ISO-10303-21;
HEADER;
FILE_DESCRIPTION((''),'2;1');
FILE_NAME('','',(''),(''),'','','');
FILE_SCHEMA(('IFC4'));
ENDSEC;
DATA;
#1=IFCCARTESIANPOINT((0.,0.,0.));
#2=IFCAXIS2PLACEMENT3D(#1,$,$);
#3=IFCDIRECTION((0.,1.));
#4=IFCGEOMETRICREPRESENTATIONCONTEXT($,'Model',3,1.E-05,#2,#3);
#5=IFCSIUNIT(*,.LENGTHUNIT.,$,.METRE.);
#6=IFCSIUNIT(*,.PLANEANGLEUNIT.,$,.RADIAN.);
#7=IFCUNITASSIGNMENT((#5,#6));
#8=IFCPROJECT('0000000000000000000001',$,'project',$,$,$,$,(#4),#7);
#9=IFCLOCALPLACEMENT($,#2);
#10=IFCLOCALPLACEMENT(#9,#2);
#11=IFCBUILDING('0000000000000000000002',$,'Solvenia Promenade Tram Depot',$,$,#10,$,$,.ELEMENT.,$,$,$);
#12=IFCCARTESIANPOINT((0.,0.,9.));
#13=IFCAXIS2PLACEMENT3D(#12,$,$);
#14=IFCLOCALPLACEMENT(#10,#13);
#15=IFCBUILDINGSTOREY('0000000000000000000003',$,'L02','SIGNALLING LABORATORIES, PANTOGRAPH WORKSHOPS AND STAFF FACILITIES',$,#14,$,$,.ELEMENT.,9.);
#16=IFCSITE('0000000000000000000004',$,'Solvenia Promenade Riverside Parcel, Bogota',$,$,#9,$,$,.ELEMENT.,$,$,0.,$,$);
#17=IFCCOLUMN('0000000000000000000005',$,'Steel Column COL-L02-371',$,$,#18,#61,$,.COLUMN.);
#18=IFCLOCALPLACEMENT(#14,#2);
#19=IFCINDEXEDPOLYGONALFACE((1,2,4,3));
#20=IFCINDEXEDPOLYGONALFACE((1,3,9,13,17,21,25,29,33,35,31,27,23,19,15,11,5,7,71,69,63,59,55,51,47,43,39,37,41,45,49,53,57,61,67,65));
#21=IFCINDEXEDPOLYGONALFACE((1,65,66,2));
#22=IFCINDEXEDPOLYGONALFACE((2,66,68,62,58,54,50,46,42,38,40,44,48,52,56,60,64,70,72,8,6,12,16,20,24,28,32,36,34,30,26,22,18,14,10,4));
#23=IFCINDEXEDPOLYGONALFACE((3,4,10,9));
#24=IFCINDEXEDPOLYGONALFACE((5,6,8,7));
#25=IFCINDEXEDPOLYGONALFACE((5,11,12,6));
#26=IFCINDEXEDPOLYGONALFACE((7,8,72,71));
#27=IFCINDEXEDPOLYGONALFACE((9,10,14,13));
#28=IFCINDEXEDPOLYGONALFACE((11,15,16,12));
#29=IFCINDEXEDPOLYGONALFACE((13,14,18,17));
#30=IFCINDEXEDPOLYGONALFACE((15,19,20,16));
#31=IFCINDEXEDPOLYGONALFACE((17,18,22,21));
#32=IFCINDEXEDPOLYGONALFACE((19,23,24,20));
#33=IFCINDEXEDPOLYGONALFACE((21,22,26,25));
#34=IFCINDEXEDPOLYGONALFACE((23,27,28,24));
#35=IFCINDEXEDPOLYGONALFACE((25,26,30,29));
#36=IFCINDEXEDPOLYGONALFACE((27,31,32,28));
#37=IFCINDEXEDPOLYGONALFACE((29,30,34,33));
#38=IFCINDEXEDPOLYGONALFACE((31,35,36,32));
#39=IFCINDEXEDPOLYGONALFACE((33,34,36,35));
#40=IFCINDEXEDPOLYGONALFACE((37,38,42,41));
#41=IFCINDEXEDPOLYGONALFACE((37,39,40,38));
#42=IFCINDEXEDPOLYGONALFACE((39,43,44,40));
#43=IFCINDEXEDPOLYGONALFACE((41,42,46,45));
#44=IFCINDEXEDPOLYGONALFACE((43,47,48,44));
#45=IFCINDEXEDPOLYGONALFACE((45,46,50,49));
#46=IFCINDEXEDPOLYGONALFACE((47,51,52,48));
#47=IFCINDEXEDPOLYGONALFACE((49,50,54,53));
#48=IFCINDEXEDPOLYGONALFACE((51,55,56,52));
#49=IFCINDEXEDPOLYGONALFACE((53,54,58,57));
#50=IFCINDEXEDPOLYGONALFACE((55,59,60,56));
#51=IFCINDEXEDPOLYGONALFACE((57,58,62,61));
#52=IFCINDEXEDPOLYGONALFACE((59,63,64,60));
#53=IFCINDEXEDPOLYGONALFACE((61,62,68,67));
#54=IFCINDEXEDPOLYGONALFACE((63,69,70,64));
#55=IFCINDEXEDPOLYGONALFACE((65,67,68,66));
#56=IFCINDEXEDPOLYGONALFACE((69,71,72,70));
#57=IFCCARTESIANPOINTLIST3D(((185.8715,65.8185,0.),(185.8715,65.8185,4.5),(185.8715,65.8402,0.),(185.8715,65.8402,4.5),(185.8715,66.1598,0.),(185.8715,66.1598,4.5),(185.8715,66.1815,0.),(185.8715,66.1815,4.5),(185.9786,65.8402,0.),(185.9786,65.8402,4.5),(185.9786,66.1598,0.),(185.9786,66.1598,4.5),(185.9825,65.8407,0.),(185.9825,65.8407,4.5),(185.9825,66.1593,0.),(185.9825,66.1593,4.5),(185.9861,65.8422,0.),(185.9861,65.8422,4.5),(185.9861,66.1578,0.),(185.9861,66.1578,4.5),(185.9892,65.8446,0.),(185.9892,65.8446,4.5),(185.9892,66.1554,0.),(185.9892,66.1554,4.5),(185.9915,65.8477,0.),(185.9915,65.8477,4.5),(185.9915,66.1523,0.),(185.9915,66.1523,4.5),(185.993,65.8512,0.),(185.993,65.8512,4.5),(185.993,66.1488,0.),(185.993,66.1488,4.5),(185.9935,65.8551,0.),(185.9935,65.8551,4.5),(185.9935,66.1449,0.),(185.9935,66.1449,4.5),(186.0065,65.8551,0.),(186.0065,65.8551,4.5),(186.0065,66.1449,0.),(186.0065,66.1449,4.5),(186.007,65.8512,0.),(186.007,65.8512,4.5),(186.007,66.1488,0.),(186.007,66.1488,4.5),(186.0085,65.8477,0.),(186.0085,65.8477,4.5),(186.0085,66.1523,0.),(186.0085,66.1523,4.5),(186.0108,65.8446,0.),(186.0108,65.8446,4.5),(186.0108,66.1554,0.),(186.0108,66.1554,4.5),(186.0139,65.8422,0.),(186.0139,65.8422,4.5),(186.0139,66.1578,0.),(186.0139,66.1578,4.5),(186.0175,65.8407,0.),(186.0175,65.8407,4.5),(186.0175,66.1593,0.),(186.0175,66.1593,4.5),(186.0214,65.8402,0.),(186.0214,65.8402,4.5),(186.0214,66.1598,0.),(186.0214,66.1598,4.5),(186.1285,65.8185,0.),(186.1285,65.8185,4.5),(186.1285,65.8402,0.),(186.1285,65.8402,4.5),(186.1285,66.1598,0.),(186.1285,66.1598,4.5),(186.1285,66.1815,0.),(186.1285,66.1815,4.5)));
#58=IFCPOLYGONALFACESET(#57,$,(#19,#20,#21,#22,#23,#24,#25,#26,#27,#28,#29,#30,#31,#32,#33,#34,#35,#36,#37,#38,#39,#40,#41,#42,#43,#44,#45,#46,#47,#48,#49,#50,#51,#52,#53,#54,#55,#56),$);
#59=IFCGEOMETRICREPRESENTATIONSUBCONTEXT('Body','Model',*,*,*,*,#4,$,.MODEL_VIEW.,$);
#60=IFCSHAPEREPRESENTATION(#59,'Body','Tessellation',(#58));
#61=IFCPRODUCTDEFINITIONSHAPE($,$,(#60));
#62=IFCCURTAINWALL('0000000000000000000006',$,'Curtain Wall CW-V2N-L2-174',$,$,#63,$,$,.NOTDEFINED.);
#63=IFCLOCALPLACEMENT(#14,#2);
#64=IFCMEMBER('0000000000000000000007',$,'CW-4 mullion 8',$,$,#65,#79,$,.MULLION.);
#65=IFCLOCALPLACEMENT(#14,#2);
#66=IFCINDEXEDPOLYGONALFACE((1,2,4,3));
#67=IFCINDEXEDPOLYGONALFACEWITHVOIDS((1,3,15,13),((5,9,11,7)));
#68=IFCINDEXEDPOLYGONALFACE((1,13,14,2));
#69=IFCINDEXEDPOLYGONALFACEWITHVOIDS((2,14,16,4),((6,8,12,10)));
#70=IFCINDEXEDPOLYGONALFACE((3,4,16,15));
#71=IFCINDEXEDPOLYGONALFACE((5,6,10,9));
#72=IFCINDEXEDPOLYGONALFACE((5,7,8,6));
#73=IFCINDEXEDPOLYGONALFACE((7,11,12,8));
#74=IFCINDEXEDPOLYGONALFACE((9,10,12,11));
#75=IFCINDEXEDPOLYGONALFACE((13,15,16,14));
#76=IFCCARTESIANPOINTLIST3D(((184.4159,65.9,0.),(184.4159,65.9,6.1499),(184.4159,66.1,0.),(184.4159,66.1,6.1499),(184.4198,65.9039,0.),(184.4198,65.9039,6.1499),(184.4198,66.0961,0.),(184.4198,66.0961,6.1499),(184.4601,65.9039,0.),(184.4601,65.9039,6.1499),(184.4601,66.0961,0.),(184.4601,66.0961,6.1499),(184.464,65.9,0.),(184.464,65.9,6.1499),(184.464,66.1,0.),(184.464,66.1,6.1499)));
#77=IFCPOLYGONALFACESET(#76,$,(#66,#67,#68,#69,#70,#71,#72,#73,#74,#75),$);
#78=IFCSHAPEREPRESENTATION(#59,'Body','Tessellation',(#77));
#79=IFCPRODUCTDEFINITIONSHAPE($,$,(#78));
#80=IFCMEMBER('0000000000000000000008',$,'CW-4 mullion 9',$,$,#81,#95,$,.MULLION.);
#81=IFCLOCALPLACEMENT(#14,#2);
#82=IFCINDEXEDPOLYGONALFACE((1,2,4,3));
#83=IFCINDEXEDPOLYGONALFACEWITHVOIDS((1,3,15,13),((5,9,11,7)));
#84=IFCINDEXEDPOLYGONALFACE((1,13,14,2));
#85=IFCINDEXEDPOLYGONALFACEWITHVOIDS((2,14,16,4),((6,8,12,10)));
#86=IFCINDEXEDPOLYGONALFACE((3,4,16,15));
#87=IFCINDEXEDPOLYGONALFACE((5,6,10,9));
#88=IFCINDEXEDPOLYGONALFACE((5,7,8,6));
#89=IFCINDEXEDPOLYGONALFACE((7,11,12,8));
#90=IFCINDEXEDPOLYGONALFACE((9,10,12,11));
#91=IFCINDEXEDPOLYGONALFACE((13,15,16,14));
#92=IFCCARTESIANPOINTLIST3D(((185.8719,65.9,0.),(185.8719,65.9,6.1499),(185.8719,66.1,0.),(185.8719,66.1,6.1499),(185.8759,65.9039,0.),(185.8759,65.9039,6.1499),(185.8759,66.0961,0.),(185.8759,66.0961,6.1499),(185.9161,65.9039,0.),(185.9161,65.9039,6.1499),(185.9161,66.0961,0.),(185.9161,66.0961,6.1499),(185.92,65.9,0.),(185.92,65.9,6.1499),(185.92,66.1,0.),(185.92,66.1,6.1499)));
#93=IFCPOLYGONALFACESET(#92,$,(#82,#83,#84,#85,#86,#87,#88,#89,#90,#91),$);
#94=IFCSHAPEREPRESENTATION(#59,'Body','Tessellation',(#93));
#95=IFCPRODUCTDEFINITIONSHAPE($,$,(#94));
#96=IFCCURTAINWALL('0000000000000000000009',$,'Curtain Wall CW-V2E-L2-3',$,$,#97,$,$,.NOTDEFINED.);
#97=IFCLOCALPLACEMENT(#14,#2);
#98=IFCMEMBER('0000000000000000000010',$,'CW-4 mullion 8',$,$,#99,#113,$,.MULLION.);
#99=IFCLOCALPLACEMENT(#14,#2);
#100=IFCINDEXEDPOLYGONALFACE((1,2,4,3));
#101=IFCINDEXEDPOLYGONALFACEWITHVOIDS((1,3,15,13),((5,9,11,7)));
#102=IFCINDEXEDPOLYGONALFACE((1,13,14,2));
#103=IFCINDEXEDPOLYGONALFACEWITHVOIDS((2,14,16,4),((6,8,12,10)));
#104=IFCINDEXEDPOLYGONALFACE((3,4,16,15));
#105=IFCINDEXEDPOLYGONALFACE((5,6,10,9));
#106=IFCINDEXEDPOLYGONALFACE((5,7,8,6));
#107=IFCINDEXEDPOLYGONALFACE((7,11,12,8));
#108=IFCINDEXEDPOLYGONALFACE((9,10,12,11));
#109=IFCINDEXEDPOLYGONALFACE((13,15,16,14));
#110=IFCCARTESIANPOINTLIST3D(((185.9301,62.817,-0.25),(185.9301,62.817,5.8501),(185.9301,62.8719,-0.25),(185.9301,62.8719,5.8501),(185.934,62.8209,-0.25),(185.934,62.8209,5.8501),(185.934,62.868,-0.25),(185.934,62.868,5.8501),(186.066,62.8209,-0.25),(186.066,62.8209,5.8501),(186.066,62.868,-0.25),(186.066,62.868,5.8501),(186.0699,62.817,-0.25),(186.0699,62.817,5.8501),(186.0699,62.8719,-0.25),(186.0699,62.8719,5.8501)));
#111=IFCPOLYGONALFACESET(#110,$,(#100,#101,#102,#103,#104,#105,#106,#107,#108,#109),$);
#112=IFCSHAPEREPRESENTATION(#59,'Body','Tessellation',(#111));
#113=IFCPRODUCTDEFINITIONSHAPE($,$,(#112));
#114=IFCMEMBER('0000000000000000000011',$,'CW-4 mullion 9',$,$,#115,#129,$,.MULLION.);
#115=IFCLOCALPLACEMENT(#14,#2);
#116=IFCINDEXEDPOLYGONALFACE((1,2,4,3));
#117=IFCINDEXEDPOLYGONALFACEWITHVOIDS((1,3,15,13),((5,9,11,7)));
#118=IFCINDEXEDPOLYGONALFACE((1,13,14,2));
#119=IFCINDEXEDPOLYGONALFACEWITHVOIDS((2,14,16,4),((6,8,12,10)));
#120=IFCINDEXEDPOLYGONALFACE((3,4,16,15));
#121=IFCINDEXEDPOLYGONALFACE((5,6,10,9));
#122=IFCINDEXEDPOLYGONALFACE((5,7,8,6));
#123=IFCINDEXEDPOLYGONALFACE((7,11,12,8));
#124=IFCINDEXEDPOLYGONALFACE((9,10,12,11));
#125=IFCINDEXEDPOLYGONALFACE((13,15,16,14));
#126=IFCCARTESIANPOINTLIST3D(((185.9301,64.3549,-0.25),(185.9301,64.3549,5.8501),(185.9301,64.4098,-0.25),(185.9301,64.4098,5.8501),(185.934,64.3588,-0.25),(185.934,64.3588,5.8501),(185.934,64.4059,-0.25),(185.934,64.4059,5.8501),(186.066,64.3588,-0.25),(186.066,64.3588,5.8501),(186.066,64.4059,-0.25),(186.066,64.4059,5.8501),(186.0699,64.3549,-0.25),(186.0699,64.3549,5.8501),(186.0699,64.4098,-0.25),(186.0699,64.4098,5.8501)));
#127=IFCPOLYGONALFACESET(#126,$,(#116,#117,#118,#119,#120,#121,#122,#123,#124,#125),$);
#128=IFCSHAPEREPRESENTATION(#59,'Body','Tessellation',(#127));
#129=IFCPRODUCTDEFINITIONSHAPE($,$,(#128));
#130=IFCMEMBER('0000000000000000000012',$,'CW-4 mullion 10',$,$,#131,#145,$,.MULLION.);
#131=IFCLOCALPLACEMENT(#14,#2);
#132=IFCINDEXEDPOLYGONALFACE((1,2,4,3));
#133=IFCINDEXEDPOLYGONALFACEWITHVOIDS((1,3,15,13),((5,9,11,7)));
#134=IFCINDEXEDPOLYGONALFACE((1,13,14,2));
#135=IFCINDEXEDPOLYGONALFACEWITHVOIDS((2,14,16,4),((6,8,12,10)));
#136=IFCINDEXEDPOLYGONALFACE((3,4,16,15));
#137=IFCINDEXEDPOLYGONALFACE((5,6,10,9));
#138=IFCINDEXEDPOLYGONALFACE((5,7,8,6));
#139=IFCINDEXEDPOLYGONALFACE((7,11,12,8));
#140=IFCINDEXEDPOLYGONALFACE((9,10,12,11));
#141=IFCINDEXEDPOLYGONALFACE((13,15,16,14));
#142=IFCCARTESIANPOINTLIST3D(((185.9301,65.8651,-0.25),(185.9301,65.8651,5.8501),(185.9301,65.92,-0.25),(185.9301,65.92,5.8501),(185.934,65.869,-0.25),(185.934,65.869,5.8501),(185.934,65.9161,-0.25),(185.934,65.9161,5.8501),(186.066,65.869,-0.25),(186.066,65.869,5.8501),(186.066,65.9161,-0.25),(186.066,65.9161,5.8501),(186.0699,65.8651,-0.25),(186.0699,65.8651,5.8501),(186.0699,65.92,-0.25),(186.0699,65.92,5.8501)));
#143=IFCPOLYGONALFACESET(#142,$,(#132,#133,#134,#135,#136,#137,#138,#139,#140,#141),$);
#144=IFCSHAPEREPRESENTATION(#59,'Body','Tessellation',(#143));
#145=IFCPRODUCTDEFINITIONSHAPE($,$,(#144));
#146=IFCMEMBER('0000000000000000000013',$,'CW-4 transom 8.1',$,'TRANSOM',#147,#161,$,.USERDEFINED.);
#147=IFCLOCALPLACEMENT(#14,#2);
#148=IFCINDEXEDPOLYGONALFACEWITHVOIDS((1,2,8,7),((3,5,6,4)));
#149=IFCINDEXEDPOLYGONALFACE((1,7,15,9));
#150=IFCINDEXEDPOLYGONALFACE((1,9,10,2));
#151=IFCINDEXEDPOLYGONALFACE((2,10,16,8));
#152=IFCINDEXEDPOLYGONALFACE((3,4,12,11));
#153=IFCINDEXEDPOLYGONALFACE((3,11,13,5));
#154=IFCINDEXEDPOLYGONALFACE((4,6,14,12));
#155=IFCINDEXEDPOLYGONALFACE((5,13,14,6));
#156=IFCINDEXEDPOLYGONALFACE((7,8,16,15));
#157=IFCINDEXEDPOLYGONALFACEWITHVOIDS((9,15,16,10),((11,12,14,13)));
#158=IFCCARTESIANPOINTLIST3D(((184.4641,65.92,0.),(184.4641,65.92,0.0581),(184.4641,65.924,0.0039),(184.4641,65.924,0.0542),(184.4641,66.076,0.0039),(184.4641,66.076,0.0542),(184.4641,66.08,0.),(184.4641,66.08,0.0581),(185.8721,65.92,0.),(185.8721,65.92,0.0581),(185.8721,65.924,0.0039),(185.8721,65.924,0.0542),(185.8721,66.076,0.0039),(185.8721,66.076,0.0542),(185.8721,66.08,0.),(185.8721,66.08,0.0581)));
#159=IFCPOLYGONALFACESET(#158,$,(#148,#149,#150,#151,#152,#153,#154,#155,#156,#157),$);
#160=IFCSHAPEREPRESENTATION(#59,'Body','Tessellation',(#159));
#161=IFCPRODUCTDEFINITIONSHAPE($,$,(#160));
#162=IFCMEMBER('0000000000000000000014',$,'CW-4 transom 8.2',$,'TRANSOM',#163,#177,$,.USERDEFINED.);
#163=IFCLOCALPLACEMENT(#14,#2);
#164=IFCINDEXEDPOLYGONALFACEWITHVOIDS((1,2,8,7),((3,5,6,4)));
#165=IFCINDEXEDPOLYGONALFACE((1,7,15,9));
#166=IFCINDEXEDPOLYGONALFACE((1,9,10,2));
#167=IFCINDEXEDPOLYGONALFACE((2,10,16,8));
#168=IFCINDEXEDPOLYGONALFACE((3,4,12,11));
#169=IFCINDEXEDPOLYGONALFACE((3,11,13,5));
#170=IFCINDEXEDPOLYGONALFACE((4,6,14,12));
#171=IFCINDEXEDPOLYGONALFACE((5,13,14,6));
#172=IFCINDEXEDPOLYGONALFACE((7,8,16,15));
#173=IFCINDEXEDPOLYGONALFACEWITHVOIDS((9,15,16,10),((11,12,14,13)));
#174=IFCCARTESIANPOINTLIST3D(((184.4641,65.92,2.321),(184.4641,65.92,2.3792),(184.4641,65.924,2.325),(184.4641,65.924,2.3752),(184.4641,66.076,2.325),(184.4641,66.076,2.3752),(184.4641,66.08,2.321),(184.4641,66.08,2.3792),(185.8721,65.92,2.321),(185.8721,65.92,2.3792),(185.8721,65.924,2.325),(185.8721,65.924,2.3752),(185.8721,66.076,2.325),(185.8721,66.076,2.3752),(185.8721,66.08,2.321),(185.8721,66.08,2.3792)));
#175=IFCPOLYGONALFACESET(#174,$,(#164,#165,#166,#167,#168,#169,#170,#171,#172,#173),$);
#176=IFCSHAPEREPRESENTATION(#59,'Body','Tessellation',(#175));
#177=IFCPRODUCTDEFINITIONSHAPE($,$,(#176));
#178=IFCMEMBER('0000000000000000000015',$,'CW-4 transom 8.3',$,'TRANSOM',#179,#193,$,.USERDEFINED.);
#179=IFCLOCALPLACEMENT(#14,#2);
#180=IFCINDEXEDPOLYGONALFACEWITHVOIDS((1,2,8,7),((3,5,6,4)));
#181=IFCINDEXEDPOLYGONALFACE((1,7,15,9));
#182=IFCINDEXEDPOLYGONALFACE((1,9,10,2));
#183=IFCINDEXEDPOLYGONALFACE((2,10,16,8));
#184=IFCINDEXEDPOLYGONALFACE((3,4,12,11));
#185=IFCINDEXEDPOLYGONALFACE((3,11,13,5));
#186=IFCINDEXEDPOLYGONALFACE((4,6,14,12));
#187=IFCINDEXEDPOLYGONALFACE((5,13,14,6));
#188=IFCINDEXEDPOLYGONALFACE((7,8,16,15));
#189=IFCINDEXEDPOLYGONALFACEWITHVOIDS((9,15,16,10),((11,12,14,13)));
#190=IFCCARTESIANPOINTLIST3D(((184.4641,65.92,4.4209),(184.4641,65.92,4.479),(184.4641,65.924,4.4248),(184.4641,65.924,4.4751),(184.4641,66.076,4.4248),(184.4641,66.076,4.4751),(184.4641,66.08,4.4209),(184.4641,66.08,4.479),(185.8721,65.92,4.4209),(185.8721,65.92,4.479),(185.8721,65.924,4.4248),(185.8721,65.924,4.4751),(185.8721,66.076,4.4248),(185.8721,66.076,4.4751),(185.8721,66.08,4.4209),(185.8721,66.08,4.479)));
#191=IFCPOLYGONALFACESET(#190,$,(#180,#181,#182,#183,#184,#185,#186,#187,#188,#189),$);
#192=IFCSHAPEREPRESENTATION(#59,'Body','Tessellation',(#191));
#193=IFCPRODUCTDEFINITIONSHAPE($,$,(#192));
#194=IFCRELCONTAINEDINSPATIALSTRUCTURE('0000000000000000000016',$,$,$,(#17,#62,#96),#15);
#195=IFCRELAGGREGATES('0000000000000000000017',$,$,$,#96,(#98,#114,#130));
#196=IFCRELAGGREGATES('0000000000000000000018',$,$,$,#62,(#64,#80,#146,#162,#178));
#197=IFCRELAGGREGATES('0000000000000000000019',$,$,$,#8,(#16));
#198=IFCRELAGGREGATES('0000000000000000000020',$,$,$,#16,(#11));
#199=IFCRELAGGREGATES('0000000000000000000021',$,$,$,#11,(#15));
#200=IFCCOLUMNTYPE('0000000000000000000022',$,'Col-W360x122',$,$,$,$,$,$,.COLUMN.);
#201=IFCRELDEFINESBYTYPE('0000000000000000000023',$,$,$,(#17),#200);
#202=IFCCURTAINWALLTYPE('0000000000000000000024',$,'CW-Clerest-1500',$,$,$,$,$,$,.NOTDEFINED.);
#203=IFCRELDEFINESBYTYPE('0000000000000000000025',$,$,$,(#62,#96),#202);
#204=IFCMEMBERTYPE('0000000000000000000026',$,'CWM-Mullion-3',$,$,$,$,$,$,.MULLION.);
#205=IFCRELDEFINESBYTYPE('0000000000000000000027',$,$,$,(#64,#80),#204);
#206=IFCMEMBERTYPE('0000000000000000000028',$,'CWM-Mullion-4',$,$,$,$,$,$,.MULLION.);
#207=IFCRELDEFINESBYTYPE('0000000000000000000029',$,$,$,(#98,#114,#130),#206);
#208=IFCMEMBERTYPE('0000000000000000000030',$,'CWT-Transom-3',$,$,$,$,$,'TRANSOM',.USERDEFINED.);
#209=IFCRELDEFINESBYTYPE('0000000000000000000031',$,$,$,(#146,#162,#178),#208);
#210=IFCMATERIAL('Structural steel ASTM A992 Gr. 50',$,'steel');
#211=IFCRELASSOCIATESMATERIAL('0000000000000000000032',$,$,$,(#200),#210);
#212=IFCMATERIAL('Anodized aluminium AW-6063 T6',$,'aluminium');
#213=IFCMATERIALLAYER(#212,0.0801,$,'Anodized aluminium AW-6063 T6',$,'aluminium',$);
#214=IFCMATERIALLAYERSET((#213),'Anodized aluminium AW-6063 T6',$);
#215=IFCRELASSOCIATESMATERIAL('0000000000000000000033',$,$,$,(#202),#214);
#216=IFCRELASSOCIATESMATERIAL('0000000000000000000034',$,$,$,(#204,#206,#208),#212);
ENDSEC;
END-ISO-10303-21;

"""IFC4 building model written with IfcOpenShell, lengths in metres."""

from ifc_helpers import new_model, si_unit, direction, frame, origin, origin_2d, place, context, subcontext, project, spatial, hollow_rectangle, i_section, extrude, material, layer, layer_set, material_profile, profile_set, type_object, element, aggregate, save


model = new_model("IFC4")

# Units and contexts
model_context = context("Model", 3, precision=1e-05, world=origin(), true_north=direction((0.0, 1.0)))
body_context = subcontext(model_context, "Body", "Model", "MODEL_VIEW")
ifc_project = project(units=[si_unit("LENGTHUNIT", "METRE"), si_unit("PLANEANGLEUNIT", "RADIAN")], contexts=[model_context])

# Site, building, storey
site_placement = place(None, origin())
site = spatial("IfcSite", under=ifc_project, at=site_placement, Name="Solvenia Promenade Riverside Parcel, Bogota", CompositionType="ELEMENT", RefElevation=0.0)
building_placement = place(site_placement, origin())
building = spatial("IfcBuilding", under=site, at=building_placement, Name="Solvenia Promenade Tram Depot", CompositionType="ELEMENT")
storey_placement = place(building_placement, frame((0.0, 0.0, 9.0)))
storey = spatial("IfcBuildingStorey", under=building, at=storey_placement, Name="L02", Description="SIGNALLING LABORATORIES, PANTOGRAPH WORKSHOPS AND STAFF FACILITIES", CompositionType="ELEMENT", Elevation=9.0)

# Column
ifc_material_1 = material(Name="Structural steel ASTM A992 Gr. 50", Category="steel")
ifc_material_profile_1 = material_profile(ifc_material_1, i_section(OverallWidth=0.2571, OverallDepth=0.363, WebThickness=0.0129, FlangeThickness=0.0217, FilletRadius=0.0149, at=origin_2d()), Name="W360x122", Category="steel")
ifc_profile_set_1 = profile_set([ifc_material_profile_1], Name="Structural steel ASTM A992 Gr. 50")
column_type = type_object("IfcColumnType", Name="Col-W360x122", PredefinedType="COLUMN", material=ifc_profile_set_1)
column_placement = place(storey_placement, frame((186.0, 66.0, 0.0), z_axis=(0.0, 0.0, 1.0), x_axis=(1.0, 0.0, 0.0)))
element("IfcColumn", 1, at=column_placement, inside=storey, type_object=column_type, Name="Steel Column COL-L02-371", PredefinedType="COLUMN", context=body_context, shape_type="SweptSolid", body=[
    extrude(i_section(OverallWidth=0.2571, OverallDepth=0.363, WebThickness=0.0129, FlangeThickness=0.0217, FilletRadius=0.0149, at=origin_2d()), origin(), (0.0, 0.0, 1.0), 4.5),
])

# Curtain walls, members
ifc_material_2 = material(Name="Anodized aluminium AW-6063 T6", Category="aluminium")
ifc_layer_1 = layer(ifc_material_2, 0.0801, Name="Anodized aluminium AW-6063 T6", Category="aluminium")
ifc_layer_set_1 = layer_set([ifc_layer_1], Name="Anodized aluminium AW-6063 T6")
curtain_wall_type = type_object("IfcCurtainWallType", Name="CW-Clerest-1500", PredefinedType="NOTDEFINED", material=ifc_layer_set_1)
curtain_wall_1_placement = place(storey_placement, origin())
curtain_wall_1 = element("IfcCurtainWall", 2, at=curtain_wall_1_placement, inside=storey, type_object=curtain_wall_type, Name="Curtain Wall CW-V2N-L2-174", PredefinedType="NOTDEFINED")
ifc_material_profile_2 = material_profile(ifc_material_2, hollow_rectangle(XDim=0.2, YDim=0.0481, WallThickness=0.0039, at=origin_2d()), Name="ALU-M3", Category="aluminium")
ifc_profile_set_2 = profile_set([ifc_material_profile_2], Name="Anodized aluminium AW-6063 T6")
member_type_1 = type_object("IfcMemberType", Name="CWM-Mullion-3", PredefinedType="MULLION", material=ifc_profile_set_2)
member_1_placement = place(storey_placement, frame((184.4399, 66.0, 0.0), z_axis=(0.0, 0.0, 1.0), x_axis=(0.0, 1.0, 0.0)))
member_1 = element("IfcMember", 3, at=member_1_placement, type_object=member_type_1, Name="CW-4 mullion 8", PredefinedType="MULLION", context=body_context, shape_type="SweptSolid", body=[
    extrude(hollow_rectangle(XDim=0.2, YDim=0.0481, WallThickness=0.0039, at=origin_2d()), origin(), (0.0, 0.0, 1.0), 6.1499),
])
member_2_placement = place(storey_placement, frame((185.896, 66.0, 0.0), z_axis=(0.0, 0.0, 1.0), x_axis=(0.0, 1.0, 0.0)))
member_2 = element("IfcMember", 4, at=member_2_placement, type_object=member_type_1, Name="CW-4 mullion 9", PredefinedType="MULLION", context=body_context, shape_type="SweptSolid", body=[
    extrude(hollow_rectangle(XDim=0.2, YDim=0.0481, WallThickness=0.0039, at=origin_2d()), origin(), (0.0, 0.0, 1.0), 6.1499),
])
curtain_wall_2_placement = place(storey_placement, origin())
curtain_wall_2 = element("IfcCurtainWall", 5, at=curtain_wall_2_placement, inside=storey, type_object=curtain_wall_type, Name="Curtain Wall CW-V2E-L2-3", PredefinedType="NOTDEFINED")
ifc_material_profile_3 = material_profile(ifc_material_2, hollow_rectangle(XDim=0.1399, YDim=0.0549, WallThickness=0.0039, at=origin_2d()), Name="ALU-M4", Category="aluminium")
ifc_profile_set_3 = profile_set([ifc_material_profile_3], Name="Anodized aluminium AW-6063 T6")
member_type_2 = type_object("IfcMemberType", Name="CWM-Mullion-4", PredefinedType="MULLION", material=ifc_profile_set_3)
member_3_placement = place(storey_placement, frame((186.0, 62.8445, -0.25), z_axis=(0.0, 0.0, 1.0), x_axis=(-1.0, 0.0, 0.0)))
member_3 = element("IfcMember", 6, at=member_3_placement, type_object=member_type_2, Name="CW-4 mullion 8", PredefinedType="MULLION", context=body_context, shape_type="SweptSolid", body=[
    extrude(hollow_rectangle(XDim=0.1399, YDim=0.0549, WallThickness=0.0039, at=origin_2d()), origin(), (0.0, 0.0, 1.0), 6.1001),
])
member_4_placement = place(storey_placement, frame((186.0, 64.3823, -0.25), z_axis=(0.0, 0.0, 1.0), x_axis=(-1.0, 0.0, 0.0)))
member_4 = element("IfcMember", 7, at=member_4_placement, type_object=member_type_2, Name="CW-4 mullion 9", PredefinedType="MULLION", context=body_context, shape_type="SweptSolid", body=[
    extrude(hollow_rectangle(XDim=0.1399, YDim=0.0549, WallThickness=0.0039, at=origin_2d()), origin(), (0.0, 0.0, 1.0), 6.1001),
])
member_5_placement = place(storey_placement, frame((186.0, 65.8926, -0.25), z_axis=(0.0, 0.0, 1.0), x_axis=(-1.0, 0.0, 0.0)))
member_5 = element("IfcMember", 8, at=member_5_placement, type_object=member_type_2, Name="CW-4 mullion 10", PredefinedType="MULLION", context=body_context, shape_type="SweptSolid", body=[
    extrude(hollow_rectangle(XDim=0.1399, YDim=0.0549, WallThickness=0.0039, at=origin_2d()), origin(), (0.0, 0.0, 1.0), 6.1001),
])

# Members
ifc_material_profile_4 = material_profile(ifc_material_2, hollow_rectangle(XDim=0.1599, YDim=0.0581, WallThickness=0.0039, at=origin_2d()), Name="ALU-T3", Category="aluminium")
ifc_profile_set_4 = profile_set([ifc_material_profile_4], Name="Anodized aluminium AW-6063 T6")
member_type_3 = type_object("IfcMemberType", Name="CWT-Transom-3", ElementType="TRANSOM", PredefinedType="USERDEFINED", material=ifc_profile_set_4)
member_6_placement = place(storey_placement, frame((184.4641, 66.0, 0.0291), z_axis=(1.0, 0.0, 0.0), x_axis=(0.0, 1.0, 0.0)))
member_6 = element("IfcMember", 9, at=member_6_placement, type_object=member_type_3, Name="CW-4 transom 8.1", ObjectType="TRANSOM", PredefinedType="USERDEFINED", context=body_context, shape_type="SweptSolid", body=[
    extrude(hollow_rectangle(XDim=0.1599, YDim=0.0581, WallThickness=0.0039, at=origin_2d()), origin(), (0.0, 0.0, 1.0), 1.408),
])
member_7_placement = place(storey_placement, frame((184.4641, 66.0, 2.3501), z_axis=(1.0, 0.0, 0.0), x_axis=(0.0, 1.0, 0.0)))
member_7 = element("IfcMember", 10, at=member_7_placement, type_object=member_type_3, Name="CW-4 transom 8.2", ObjectType="TRANSOM", PredefinedType="USERDEFINED", context=body_context, shape_type="SweptSolid", body=[
    extrude(hollow_rectangle(XDim=0.1599, YDim=0.0581, WallThickness=0.0039, at=origin_2d()), origin(), (0.0, 0.0, 1.0), 1.408),
])
member_8_placement = place(storey_placement, frame((184.4641, 66.0, 4.45), z_axis=(1.0, 0.0, 0.0), x_axis=(0.0, 1.0, 0.0)))
member_8 = element("IfcMember", 11, at=member_8_placement, type_object=member_type_3, Name="CW-4 transom 8.3", ObjectType="TRANSOM", PredefinedType="USERDEFINED", context=body_context, shape_type="SweptSolid", body=[
    extrude(hollow_rectangle(XDim=0.1599, YDim=0.0581, WallThickness=0.0039, at=origin_2d()), origin(), (0.0, 0.0, 1.0), 1.408),
])

aggregate(curtain_wall_2, [member_3, member_4, member_5])
aggregate(curtain_wall_1, [member_1, member_2, member_6, member_7, member_8])

save(model, "model.ifc")
